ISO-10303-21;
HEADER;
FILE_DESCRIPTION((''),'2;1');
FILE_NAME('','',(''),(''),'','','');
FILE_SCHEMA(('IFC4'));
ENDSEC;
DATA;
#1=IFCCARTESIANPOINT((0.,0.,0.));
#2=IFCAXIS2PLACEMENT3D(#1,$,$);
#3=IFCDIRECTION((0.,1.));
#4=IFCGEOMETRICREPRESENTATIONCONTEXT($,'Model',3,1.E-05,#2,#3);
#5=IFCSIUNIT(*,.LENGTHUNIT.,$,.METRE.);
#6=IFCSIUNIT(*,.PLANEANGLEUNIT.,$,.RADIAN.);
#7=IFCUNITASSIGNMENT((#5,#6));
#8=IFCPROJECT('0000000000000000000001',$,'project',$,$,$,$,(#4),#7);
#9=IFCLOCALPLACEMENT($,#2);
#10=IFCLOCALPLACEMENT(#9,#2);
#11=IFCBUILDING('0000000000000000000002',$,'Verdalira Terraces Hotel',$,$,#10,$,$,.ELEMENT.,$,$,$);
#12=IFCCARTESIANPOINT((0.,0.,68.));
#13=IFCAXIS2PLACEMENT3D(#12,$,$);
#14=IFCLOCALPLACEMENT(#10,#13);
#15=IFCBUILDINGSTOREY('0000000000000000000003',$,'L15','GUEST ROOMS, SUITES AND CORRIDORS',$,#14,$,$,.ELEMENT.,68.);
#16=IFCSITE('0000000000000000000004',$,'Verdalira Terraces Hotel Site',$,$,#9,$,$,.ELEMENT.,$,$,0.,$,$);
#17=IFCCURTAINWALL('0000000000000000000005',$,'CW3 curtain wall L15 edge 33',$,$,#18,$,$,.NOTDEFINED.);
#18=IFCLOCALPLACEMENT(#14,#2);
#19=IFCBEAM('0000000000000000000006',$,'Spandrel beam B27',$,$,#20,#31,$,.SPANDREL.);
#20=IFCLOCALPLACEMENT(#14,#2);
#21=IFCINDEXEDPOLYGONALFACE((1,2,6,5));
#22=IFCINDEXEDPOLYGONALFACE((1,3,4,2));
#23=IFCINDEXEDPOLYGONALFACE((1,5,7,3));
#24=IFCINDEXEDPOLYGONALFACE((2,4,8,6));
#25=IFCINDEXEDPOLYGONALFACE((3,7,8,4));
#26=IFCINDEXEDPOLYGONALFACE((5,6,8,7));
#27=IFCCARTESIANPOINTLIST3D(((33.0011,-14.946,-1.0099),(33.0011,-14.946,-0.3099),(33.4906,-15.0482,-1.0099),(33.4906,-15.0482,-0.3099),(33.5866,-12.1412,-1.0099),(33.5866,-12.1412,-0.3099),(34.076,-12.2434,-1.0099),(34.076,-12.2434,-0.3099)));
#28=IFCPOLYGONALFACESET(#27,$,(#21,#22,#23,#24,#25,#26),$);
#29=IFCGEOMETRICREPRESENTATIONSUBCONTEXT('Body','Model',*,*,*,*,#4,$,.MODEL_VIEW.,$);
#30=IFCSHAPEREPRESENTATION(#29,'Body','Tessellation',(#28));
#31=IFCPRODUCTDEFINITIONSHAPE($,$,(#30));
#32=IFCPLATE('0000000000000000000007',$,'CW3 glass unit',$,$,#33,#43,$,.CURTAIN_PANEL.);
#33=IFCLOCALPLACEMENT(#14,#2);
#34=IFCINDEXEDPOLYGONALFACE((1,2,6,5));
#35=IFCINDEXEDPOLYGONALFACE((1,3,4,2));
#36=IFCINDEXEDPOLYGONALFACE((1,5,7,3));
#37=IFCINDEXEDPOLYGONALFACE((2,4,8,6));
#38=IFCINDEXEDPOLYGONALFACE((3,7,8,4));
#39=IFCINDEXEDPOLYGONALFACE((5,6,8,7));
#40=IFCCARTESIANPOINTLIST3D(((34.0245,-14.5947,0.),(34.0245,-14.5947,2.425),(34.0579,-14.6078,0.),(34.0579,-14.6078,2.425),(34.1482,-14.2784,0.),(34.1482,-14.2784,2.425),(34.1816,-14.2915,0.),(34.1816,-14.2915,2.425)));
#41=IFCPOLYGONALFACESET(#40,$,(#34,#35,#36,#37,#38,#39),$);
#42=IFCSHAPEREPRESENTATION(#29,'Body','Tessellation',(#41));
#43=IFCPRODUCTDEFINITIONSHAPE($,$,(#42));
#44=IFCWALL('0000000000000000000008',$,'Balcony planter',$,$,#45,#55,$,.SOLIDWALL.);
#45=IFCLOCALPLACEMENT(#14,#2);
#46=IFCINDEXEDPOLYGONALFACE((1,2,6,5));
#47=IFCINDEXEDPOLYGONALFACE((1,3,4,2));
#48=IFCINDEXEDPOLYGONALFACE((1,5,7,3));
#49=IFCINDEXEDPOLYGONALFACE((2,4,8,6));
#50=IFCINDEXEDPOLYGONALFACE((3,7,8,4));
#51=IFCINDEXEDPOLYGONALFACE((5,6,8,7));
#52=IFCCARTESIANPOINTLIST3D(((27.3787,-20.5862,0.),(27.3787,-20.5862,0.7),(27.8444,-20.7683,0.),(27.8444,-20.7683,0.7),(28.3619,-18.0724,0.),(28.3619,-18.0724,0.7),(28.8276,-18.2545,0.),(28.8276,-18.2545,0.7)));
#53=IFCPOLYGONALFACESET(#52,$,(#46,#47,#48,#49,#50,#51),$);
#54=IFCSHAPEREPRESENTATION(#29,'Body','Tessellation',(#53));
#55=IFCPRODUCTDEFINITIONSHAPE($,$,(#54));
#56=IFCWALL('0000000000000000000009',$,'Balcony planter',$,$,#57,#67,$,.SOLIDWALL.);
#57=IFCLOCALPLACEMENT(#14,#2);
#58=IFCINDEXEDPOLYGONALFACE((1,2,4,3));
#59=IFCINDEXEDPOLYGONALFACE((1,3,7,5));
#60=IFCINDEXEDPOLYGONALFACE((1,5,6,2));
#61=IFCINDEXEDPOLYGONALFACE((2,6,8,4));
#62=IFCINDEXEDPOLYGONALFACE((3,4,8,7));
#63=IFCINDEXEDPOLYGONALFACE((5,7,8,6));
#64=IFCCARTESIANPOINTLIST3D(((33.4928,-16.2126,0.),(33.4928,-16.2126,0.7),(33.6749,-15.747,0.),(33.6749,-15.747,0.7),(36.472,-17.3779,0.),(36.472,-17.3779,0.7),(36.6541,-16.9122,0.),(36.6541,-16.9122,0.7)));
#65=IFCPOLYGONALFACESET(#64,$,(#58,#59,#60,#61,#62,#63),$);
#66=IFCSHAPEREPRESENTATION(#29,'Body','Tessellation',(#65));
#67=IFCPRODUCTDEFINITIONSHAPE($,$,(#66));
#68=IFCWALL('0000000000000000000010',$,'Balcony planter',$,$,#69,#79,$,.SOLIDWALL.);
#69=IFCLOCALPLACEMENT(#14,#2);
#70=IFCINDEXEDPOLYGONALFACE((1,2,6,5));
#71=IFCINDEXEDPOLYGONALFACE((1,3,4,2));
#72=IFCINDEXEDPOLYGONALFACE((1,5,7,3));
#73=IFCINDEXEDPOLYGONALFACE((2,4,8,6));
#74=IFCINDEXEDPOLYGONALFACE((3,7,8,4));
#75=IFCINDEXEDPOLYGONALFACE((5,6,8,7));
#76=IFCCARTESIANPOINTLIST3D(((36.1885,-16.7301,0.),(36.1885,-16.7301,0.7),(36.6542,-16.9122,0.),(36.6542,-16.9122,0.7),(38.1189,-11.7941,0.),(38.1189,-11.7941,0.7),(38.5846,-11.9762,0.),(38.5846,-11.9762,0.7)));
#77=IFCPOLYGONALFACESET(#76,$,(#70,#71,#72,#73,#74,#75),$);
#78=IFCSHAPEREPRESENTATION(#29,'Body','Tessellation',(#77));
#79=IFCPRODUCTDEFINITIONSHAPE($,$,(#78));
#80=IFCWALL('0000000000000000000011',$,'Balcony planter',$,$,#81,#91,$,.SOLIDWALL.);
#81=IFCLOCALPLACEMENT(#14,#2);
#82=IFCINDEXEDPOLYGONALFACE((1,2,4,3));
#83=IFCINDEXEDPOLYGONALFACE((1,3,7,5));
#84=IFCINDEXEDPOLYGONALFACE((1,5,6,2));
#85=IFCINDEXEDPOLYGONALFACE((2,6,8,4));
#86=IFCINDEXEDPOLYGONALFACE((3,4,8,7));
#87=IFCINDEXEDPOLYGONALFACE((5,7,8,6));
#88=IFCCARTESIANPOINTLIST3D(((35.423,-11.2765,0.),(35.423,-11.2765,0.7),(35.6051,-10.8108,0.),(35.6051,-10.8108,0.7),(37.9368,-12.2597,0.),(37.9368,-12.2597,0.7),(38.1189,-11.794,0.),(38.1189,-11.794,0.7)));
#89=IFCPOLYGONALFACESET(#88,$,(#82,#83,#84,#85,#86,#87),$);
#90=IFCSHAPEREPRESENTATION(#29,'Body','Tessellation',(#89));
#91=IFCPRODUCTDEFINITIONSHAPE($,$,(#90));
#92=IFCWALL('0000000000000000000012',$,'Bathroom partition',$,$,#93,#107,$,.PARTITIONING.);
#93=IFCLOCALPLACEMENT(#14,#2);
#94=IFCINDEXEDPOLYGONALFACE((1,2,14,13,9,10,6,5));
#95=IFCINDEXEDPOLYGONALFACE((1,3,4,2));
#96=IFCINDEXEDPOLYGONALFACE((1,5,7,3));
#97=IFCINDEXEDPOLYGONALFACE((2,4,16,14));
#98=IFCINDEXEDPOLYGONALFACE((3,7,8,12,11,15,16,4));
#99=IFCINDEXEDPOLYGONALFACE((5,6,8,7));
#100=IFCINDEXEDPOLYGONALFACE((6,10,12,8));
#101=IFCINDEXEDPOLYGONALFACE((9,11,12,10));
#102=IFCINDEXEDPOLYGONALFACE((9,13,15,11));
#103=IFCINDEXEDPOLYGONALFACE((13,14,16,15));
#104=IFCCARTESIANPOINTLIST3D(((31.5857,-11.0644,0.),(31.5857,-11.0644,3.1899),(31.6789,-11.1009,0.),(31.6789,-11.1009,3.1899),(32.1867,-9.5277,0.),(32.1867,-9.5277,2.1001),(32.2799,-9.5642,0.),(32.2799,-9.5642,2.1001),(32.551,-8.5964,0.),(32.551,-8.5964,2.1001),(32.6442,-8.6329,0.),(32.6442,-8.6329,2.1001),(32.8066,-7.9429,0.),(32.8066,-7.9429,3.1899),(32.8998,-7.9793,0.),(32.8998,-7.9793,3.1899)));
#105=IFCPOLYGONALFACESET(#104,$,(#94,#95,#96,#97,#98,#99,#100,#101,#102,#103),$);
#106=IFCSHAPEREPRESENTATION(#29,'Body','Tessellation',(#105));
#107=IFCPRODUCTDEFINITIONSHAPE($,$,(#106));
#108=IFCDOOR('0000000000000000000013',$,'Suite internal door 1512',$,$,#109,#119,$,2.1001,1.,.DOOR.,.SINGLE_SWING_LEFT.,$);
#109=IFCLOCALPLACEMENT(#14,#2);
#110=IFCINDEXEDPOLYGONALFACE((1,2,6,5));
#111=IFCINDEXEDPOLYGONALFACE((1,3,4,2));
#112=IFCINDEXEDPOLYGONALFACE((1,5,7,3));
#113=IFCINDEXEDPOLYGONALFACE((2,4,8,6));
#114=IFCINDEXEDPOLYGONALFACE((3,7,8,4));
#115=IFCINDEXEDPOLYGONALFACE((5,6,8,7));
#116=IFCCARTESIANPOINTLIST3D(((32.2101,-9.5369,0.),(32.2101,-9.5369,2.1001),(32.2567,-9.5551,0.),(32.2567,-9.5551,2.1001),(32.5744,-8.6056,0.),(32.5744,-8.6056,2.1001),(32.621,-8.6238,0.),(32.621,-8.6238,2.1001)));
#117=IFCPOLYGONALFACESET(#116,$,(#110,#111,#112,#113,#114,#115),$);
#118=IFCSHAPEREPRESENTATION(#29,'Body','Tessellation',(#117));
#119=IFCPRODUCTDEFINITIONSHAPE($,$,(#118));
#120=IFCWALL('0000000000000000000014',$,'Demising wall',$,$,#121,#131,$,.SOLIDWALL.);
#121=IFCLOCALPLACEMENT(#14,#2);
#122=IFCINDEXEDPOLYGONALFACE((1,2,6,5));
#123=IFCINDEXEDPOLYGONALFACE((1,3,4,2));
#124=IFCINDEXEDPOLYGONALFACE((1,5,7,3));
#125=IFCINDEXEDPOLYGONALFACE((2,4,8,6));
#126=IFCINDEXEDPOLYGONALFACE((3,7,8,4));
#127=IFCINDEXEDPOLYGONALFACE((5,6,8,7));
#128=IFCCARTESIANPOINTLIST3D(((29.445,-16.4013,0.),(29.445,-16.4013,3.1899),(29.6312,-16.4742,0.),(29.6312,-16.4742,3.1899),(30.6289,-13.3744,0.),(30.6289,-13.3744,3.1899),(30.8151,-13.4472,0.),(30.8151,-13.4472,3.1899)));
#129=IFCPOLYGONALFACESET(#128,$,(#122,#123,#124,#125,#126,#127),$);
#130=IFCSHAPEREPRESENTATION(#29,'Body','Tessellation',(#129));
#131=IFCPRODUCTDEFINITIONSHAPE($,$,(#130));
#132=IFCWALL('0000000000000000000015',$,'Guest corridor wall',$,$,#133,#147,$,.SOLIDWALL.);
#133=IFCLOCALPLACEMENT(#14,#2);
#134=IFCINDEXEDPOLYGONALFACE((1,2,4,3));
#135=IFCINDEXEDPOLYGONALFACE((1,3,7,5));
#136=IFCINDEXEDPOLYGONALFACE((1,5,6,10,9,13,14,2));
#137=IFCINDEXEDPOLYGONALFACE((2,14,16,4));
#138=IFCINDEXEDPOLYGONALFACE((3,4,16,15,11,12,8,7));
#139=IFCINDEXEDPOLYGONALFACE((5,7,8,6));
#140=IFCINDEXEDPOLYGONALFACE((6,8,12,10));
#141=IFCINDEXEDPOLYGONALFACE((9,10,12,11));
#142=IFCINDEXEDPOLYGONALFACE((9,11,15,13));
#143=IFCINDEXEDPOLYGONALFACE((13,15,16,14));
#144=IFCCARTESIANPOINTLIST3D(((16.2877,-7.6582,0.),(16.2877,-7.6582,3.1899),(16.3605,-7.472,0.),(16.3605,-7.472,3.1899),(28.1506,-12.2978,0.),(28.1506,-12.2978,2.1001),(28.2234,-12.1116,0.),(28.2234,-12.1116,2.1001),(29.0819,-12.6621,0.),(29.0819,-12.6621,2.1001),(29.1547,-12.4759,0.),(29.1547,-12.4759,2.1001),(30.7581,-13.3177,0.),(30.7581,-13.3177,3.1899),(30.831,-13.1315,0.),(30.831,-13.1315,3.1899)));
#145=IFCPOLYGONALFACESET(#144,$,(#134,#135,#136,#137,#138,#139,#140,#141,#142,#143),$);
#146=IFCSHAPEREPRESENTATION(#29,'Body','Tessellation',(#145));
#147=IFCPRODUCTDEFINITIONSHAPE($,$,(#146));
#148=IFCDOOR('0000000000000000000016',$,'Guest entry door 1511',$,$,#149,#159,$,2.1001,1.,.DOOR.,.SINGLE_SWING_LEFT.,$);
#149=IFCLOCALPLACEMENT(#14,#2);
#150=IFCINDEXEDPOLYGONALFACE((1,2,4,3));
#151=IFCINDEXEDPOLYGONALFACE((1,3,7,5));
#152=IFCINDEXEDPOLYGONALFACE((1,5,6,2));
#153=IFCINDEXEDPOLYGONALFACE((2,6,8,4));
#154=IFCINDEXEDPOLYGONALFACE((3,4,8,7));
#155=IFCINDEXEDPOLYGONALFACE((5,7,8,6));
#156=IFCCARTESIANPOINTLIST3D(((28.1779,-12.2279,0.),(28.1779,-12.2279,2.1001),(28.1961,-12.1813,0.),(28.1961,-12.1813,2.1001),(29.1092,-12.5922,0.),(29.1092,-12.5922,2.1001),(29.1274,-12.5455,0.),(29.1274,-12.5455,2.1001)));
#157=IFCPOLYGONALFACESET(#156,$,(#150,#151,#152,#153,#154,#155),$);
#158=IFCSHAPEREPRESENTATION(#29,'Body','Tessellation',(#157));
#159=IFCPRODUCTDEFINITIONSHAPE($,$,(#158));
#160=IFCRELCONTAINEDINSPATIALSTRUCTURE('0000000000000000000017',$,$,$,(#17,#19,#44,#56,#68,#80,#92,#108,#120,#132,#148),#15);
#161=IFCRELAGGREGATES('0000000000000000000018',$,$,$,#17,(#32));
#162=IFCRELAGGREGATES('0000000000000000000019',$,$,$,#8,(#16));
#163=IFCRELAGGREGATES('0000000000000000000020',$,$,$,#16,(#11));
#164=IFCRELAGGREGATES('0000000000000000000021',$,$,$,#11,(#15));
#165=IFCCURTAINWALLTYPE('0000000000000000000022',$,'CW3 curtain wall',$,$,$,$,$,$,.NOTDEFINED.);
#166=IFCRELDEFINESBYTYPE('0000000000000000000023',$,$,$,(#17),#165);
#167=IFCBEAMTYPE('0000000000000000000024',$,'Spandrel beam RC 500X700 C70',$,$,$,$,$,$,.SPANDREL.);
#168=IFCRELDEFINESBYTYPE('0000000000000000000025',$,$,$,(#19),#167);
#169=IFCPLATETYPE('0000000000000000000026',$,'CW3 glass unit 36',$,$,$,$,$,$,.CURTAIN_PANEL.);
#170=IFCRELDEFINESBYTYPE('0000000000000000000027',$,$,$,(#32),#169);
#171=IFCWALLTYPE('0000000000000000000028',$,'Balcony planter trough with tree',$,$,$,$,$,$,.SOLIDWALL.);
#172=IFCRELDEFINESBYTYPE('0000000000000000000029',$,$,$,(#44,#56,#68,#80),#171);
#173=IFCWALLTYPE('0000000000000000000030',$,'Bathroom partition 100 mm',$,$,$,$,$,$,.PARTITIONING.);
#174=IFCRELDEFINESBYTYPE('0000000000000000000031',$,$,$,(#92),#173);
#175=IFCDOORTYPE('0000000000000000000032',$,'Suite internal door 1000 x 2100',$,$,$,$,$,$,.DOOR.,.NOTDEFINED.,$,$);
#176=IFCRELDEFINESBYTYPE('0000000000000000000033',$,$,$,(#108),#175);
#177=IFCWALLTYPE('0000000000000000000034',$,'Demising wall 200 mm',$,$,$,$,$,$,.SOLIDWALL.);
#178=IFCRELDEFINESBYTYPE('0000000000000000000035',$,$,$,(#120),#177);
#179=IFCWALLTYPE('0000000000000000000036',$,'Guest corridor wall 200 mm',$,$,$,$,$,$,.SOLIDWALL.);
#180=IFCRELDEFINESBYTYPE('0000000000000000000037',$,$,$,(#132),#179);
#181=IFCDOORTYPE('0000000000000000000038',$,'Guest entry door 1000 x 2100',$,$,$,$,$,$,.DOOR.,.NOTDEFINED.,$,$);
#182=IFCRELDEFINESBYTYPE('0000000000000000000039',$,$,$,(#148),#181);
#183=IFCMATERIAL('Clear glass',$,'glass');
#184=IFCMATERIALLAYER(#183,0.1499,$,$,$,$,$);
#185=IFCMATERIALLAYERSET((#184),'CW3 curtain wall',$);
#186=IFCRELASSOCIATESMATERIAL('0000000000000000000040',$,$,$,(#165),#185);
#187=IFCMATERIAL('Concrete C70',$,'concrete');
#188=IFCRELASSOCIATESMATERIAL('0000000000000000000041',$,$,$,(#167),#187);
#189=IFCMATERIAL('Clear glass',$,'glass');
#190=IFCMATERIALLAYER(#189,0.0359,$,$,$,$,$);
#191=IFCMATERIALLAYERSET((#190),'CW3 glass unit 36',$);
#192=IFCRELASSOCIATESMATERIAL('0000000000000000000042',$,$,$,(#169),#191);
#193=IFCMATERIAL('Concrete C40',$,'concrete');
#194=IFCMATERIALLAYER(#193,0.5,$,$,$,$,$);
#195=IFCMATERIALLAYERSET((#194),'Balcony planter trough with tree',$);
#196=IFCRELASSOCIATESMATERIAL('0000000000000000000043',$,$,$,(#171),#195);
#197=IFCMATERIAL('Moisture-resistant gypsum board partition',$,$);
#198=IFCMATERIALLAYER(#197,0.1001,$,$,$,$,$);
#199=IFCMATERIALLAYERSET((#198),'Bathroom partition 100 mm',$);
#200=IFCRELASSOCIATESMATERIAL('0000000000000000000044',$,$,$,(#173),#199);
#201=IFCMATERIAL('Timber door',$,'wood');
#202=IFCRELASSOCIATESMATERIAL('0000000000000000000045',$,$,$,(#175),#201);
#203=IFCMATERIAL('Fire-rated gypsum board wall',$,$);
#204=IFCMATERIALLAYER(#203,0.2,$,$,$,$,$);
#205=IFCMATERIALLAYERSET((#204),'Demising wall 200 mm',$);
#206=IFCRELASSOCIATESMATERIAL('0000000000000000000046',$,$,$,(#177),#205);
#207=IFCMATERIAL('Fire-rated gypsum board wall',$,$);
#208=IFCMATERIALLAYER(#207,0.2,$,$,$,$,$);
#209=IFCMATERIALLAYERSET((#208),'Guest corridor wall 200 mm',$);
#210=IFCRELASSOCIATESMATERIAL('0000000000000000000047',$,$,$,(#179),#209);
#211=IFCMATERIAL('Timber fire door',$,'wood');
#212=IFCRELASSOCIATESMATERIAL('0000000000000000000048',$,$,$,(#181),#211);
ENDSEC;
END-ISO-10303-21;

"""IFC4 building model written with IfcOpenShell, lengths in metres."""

from ifc_helpers import new_model, si_unit, direction, frame, frame_2d, origin, origin_2d, place, context, subcontext, project, spatial, rectangle, extrude, material, layer, layer_set, material_profile, profile_set, type_object, element, fill, aggregate, save


model = new_model("IFC4")

# Units and contexts
model_context = context("Model", 3, precision=1e-05, world=origin(), true_north=direction((0.0, 1.0)))
body_context = subcontext(model_context, "Body", "Model", "MODEL_VIEW")
ifc_project = project(units=[si_unit("LENGTHUNIT", "METRE"), si_unit("PLANEANGLEUNIT", "RADIAN")], contexts=[model_context])

# Site, building, storey
site_placement = place(None, origin())
site = spatial("IfcSite", under=ifc_project, at=site_placement, Name="Verdalira Terraces Hotel Site", CompositionType="ELEMENT", RefElevation=0.0)
building_placement = place(site_placement, origin())
building = spatial("IfcBuilding", under=site, at=building_placement, Name="Verdalira Terraces Hotel", CompositionType="ELEMENT")
storey_placement = place(building_placement, frame((0.0, 0.0, 68.0)))
storey = spatial("IfcBuildingStorey", under=building, at=storey_placement, Name="L15", Description="GUEST ROOMS, SUITES AND CORRIDORS", CompositionType="ELEMENT", Elevation=68.0)

# Curtain wall
ifc_material_1 = material(Name="Clear glass", Category="glass")
ifc_layer_1 = layer(ifc_material_1, 0.1499)
ifc_layer_set_1 = layer_set([ifc_layer_1], Name="CW3 curtain wall")
curtain_wall_type_1 = type_object("IfcCurtainWallType", Name="CW3 curtain wall", PredefinedType="NOTDEFINED", material=ifc_layer_set_1)
curtain_wall_1_placement = place(storey_placement, origin())
curtain_wall_1 = element("IfcCurtainWall", 1, at=curtain_wall_1_placement, inside=storey, type_object=curtain_wall_type_1, Name="CW3 curtain wall L15 edge 33", PredefinedType="NOTDEFINED")

# Beam
ifc_material_2 = material(Name="Concrete C70", Category="concrete")
ifc_material_profile_1 = material_profile(ifc_material_2, rectangle(XDim=0.5, YDim=0.7, at=origin_2d()), Name="RC 500X700")
ifc_profile_set_1 = profile_set([ifc_material_profile_1], Name="Concrete C70")
beam_type_1 = type_object("IfcBeamType", Name="Spandrel beam RC 500X700 C70", PredefinedType="SPANDREL", material=ifc_profile_set_1)
beam_1_placement = place(storey_placement, frame((33.2458, -14.9971, -0.6599), z_axis=(0.204335, 0.978901, 0.0), x_axis=(-0.978901, 0.204335, 0.0)))
element("IfcBeam", 2, at=beam_1_placement, inside=storey, type_object=beam_type_1, Name="Spandrel beam B27", PredefinedType="SPANDREL", context=body_context, shape_type="SweptSolid", body=[
    extrude(rectangle(XDim=0.5, YDim=0.7, at=origin_2d()), origin(), (0.0, 0.0, 1.0), 2.8652),
])

# Plate
ifc_material_3 = material(Name="Clear glass", Category="glass")
ifc_layer_2 = layer(ifc_material_3, 0.0359)
ifc_layer_set_2 = layer_set([ifc_layer_2], Name="CW3 glass unit 36")
plate_type = type_object("IfcPlateType", Name="CW3 glass unit 36", PredefinedType="CURTAIN_PANEL", material=ifc_layer_set_2)
plate_placement = place(storey_placement, frame((34.103, -14.4431, 0.0), z_axis=(0.0, 0.0, 1.0), x_axis=(0.364227, 0.93131, 0.0)))
plate = element("IfcPlate", 3, at=plate_placement, type_object=plate_type, Name="CW3 glass unit", PredefinedType="CURTAIN_PANEL", context=body_context, shape_type="SweptSolid", body=[
    extrude(rectangle(XDim=0.3396, YDim=0.0359, at=origin_2d()), origin(), (0.0, 0.0, 1.0), 2.425),
])
aggregate(curtain_wall_1, [plate])

# Walls
ifc_material_4 = material(Name="Concrete C40", Category="concrete")
ifc_layer_3 = layer(ifc_material_4, 0.5)
ifc_layer_set_3 = layer_set([ifc_layer_3], Name="Balcony planter trough with tree")
wall_type_1 = type_object("IfcWallType", Name="Balcony planter trough with tree", PredefinedType="SOLIDWALL", material=ifc_layer_set_3)
wall_1_placement = place(storey_placement, frame((27.6116, -20.6772, 0.0), z_axis=(0.0, 0.0, 1.0), x_axis=(0.364253, 0.9313, 0.0)))
element("IfcWall", 4, at=wall_1_placement, inside=storey, type_object=wall_type_1, Name="Balcony planter", PredefinedType="SOLIDWALL", context=body_context, shape_type="SweptSolid", body=[
    extrude(rectangle(XDim=2.6992, YDim=0.5, at=frame_2d((1.3496, 0.0))), origin(), (0.0, 0.0, 1.0), 0.7),
])
wall_2_placement = place(storey_placement, frame((33.5837, -15.9797, 0.0), z_axis=(0.0, 0.0, 1.0), x_axis=(0.931297, -0.364261, 0.0)))
element("IfcWall", 5, at=wall_2_placement, inside=storey, type_object=wall_type_1, Name="Balcony planter", PredefinedType="SOLIDWALL", context=body_context, shape_type="SweptSolid", body=[
    extrude(rectangle(XDim=3.199, YDim=0.5, at=frame_2d((1.5996, 0.0))), origin(), (0.0, 0.0, 1.0), 0.7),
])
wall_3_placement = place(storey_placement, frame((36.4214, -16.821, 0.0), z_axis=(0.0, 0.0, 1.0), x_axis=(0.364224, 0.931311, 0.0)))
element("IfcWall", 6, at=wall_3_placement, inside=storey, type_object=wall_type_1, Name="Balcony planter", PredefinedType="SOLIDWALL", context=body_context, shape_type="SweptSolid", body=[
    extrude(rectangle(XDim=5.3, YDim=0.5, at=frame_2d((2.6499, 0.0))), origin(), (0.0, 0.0, 1.0), 0.7),
])
wall_4_placement = place(storey_placement, frame((38.0278, -12.0269, 0.0), z_axis=(0.0, 0.0, 1.0), x_axis=(-0.9313, 0.364253, 0.0)))
element("IfcWall", 7, at=wall_4_placement, inside=storey, type_object=wall_type_1, Name="Balcony planter", PredefinedType="SOLIDWALL", context=body_context, shape_type="SweptSolid", body=[
    extrude(rectangle(XDim=2.6992, YDim=0.5, at=frame_2d((1.3496, 0.0))), origin(), (0.0, 0.0, 1.0), 0.7),
])

# Wall, opening, door
ifc_material_5 = material(Name="Moisture-resistant gypsum board partition")
ifc_layer_4 = layer(ifc_material_5, 0.1001)
ifc_layer_set_4 = layer_set([ifc_layer_4], Name="Bathroom partition 100 mm")
wall_type_2 = type_object("IfcWallType", Name="Bathroom partition 100 mm", PredefinedType="PARTITIONING", material=ifc_layer_set_4)
wall_5_placement = place(storey_placement, frame((31.6323, -11.0825, 0.0), z_axis=(0.0, 0.0, 1.0), x_axis=(0.364259, 0.931298, 0.0)))
wall_5 = element("IfcWall", 8, at=wall_5_placement, inside=storey, type_object=wall_type_2, Name="Bathroom partition", PredefinedType="PARTITIONING", context=body_context, shape_type="SweptSolid", body=[
    extrude(rectangle(XDim=3.3518, YDim=0.1001, at=frame_2d((1.6758, 0.0))), origin(), (0.0, 0.0, 1.0), 3.1899),
])
opening_1_placement = place(wall_5_placement, frame((1.6499, 0.0, 0.0)))
opening_1 = element("IfcOpeningElement", 9, at=opening_1_placement, cuts=wall_5, PredefinedType="OPENING", context=body_context, shape_type="SweptSolid", body=[
    extrude(rectangle(XDim=1.0, YDim=2.1001, at=frame_2d((0.5, 1.05))), frame((0.0, 0.0601, 0.0), z_axis=(0.0, -1.0, 0.0), x_axis=(1.0, 0.0, 0.0)), (0.0, 0.0, 1.0), 0.1201),
])
ifc_material_6 = material(Name="Timber door", Category="wood")
door_type_1 = type_object("IfcDoorType", Name="Suite internal door 1000 x 2100", OperationType="NOTDEFINED", PredefinedType="DOOR", material=ifc_material_6)
door_1_placement = place(opening_1_placement, origin())
door_1 = element("IfcDoor", 10, at=door_1_placement, inside=storey, type_object=door_type_1, Name="Suite internal door 1512", OperationType="SINGLE_SWING_LEFT", OverallHeight=2.1001, OverallWidth=1.0, PredefinedType="DOOR", context=body_context, shape_type="SweptSolid", body=[
    extrude(rectangle(XDim=1.0, YDim=2.1001, at=frame_2d((0.5, 1.05))), frame((0.0, 0.0249, 0.0), z_axis=(0.0, -1.0, 0.0), x_axis=(1.0, 0.0, 0.0)), (0.0, 0.0, 1.0), 0.05),
])
fill(opening_1, door_1)

# Wall
ifc_material_7 = material(Name="Fire-rated gypsum board wall")
ifc_layer_5 = layer(ifc_material_7, 0.2)
ifc_layer_set_5 = layer_set([ifc_layer_5], Name="Demising wall 200 mm")
wall_type_3 = type_object("IfcWallType", Name="Demising wall 200 mm", PredefinedType="SOLIDWALL", material=ifc_layer_set_5)
wall_6_placement = place(storey_placement, frame((30.7219, -13.4109, 0.0), z_axis=(0.0, 0.0, 1.0), x_axis=(-0.364244, -0.931304, 0.0)))
element("IfcWall", 11, at=wall_6_placement, inside=storey, type_object=wall_type_3, Name="Demising wall", PredefinedType="SOLIDWALL", context=body_context, shape_type="SweptSolid", body=[
    extrude(rectangle(XDim=3.2502, YDim=0.2, at=frame_2d((1.625, 0.0))), origin(), (0.0, 0.0, 1.0), 3.1899),
])

# Wall, opening, door
ifc_material_8 = material(Name="Fire-rated gypsum board wall")
ifc_layer_6 = layer(ifc_material_8, 0.2)
ifc_layer_set_6 = layer_set([ifc_layer_6], Name="Guest corridor wall 200 mm")
wall_type_4 = type_object("IfcWallType", Name="Guest corridor wall 200 mm", PredefinedType="SOLIDWALL", material=ifc_layer_set_6)
wall_7_placement = place(storey_placement, frame((30.7947, -13.2246, 0.0), z_axis=(0.0, 0.0, 1.0), x_axis=(-0.931307, 0.364236, 0.0)))
wall_7 = element("IfcWall", 12, at=wall_7_placement, inside=storey, type_object=wall_type_4, Name="Guest corridor wall", PredefinedType="SOLIDWALL", context=body_context, shape_type="SweptSolid", body=[
    extrude(rectangle(XDim=15.5378, YDim=0.2, at=frame_2d((7.769, 0.0))), origin(), (0.0, 0.0, 1.0), 3.1899),
])
opening_2_placement = place(wall_7_placement, frame((1.8, 0.0, 0.0)))
opening_2 = element("IfcOpeningElement", 13, at=opening_2_placement, cuts=wall_7, PredefinedType="OPENING", context=body_context, shape_type="SweptSolid", body=[
    extrude(rectangle(XDim=1.0, YDim=2.1001, at=frame_2d((0.5, 1.05))), frame((0.0, 0.1099, 0.0), z_axis=(0.0, -1.0, 0.0), x_axis=(1.0, 0.0, 0.0)), (0.0, 0.0, 1.0), 0.22),
])
ifc_material_9 = material(Name="Timber fire door", Category="wood")
door_type_2 = type_object("IfcDoorType", Name="Guest entry door 1000 x 2100", OperationType="NOTDEFINED", PredefinedType="DOOR", material=ifc_material_9)
door_2_placement = place(opening_2_placement, origin())
door_2 = element("IfcDoor", 14, at=door_2_placement, inside=storey, type_object=door_type_2, Name="Guest entry door 1511", OperationType="SINGLE_SWING_LEFT", OverallHeight=2.1001, OverallWidth=1.0, PredefinedType="DOOR", context=body_context, shape_type="SweptSolid", body=[
    extrude(rectangle(XDim=1.0, YDim=2.1001, at=frame_2d((0.5, 1.05))), frame((0.0, 0.0249, 0.0), z_axis=(0.0, -1.0, 0.0), x_axis=(1.0, 0.0, 0.0)), (0.0, 0.0, 1.0), 0.05),
])
fill(opening_2, door_2)

save(model, "model.ifc")
